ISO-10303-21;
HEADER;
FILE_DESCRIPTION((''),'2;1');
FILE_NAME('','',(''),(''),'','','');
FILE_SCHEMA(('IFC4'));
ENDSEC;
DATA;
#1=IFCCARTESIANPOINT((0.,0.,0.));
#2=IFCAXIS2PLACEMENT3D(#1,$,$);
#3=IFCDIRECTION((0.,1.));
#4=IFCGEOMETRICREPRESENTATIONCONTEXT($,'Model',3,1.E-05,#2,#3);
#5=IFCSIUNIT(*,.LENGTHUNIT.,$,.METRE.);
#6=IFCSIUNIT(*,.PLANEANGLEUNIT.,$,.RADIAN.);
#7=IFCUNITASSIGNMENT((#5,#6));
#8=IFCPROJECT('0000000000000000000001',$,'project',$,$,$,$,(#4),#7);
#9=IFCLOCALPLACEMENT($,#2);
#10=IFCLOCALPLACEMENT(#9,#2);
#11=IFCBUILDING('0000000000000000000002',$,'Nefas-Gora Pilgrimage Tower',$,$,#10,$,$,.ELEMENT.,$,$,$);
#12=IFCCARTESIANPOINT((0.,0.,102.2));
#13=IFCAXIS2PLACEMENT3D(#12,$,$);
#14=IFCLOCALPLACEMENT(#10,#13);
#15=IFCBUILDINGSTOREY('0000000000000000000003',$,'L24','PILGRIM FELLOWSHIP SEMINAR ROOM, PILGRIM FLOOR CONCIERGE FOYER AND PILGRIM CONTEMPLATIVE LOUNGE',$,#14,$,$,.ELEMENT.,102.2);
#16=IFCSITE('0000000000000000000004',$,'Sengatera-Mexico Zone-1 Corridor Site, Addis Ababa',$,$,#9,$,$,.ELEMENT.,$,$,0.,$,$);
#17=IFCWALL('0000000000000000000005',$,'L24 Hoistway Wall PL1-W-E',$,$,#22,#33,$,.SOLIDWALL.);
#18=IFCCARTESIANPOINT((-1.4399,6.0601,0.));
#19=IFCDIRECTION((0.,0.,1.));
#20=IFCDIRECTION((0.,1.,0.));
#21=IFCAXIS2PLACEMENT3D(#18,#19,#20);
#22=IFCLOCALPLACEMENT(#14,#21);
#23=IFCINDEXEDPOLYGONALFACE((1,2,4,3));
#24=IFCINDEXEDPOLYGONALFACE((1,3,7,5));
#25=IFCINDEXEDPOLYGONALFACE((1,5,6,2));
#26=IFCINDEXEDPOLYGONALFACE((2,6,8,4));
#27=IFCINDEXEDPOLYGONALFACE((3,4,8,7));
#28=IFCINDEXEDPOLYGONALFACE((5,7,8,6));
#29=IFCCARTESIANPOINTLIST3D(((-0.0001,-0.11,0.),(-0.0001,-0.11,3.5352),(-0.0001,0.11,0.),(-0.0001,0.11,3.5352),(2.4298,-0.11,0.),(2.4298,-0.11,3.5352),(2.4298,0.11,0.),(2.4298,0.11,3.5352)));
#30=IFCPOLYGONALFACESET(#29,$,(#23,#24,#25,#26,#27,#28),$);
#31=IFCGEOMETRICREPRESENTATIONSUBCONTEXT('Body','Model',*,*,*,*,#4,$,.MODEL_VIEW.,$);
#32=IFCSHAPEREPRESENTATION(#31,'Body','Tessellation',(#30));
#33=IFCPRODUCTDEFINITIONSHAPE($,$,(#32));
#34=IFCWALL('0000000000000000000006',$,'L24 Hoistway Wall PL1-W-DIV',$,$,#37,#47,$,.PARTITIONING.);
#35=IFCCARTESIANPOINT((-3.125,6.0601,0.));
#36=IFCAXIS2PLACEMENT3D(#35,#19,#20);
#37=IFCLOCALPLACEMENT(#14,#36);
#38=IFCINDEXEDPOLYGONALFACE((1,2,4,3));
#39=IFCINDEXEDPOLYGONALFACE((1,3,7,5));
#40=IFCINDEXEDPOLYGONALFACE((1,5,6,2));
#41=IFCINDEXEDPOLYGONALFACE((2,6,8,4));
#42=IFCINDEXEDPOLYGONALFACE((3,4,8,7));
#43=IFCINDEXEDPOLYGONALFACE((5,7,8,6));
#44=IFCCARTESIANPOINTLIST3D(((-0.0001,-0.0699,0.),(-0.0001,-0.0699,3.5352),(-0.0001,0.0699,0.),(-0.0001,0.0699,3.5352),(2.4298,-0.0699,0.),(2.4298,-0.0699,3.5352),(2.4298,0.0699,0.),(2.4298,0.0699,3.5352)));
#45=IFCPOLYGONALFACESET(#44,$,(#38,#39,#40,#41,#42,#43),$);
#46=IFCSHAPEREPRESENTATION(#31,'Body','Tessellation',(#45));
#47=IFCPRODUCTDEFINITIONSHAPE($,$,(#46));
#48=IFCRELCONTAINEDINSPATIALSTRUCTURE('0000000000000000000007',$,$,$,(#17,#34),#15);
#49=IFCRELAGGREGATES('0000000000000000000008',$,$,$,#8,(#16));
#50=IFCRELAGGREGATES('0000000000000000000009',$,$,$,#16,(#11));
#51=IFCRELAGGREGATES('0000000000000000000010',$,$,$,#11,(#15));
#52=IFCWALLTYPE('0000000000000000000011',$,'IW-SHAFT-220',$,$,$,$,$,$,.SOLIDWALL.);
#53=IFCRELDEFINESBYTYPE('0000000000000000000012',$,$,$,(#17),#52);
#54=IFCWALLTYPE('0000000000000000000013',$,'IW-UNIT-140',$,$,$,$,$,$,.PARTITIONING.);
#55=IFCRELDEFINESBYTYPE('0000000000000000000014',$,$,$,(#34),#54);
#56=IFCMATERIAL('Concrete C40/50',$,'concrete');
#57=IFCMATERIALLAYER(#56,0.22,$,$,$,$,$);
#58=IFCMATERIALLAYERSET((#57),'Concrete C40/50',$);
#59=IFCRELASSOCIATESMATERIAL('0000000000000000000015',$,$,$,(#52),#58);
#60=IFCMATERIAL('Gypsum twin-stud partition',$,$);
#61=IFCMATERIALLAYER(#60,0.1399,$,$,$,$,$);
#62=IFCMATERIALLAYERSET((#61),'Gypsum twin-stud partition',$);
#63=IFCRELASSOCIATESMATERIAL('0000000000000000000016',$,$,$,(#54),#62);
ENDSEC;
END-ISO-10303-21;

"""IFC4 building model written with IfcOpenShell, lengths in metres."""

from ifc_helpers import new_model, si_unit, direction, frame, frame_2d, origin, place, context, subcontext, project, spatial, rectangle, extrude, source, transform, mapped, material, layer, layer_set, type_object, element, save


model = new_model("IFC4")

# Units and contexts
model_context = context("Model", 3, precision=1e-05, world=origin(), true_north=direction((0.0, 1.0)))
body_context = subcontext(model_context, "Body", "Model", "MODEL_VIEW")
ifc_project = project(units=[si_unit("LENGTHUNIT", "METRE"), si_unit("PLANEANGLEUNIT", "RADIAN")], contexts=[model_context])

# Site, building, storey
site_placement = place(None, origin())
site = spatial("IfcSite", under=ifc_project, at=site_placement, Name="Sengatera-Mexico Zone-1 Corridor Site, Addis Ababa", CompositionType="ELEMENT", RefElevation=0.0)
building_placement = place(site_placement, origin())
building = spatial("IfcBuilding", under=site, at=building_placement, Name="Nefas-Gora Pilgrimage Tower", CompositionType="ELEMENT")
storey_placement = place(building_placement, frame((0.0, 0.0, 102.2)))
storey = spatial("IfcBuildingStorey", under=building, at=storey_placement, Name="L24", Description="PILGRIM FELLOWSHIP SEMINAR ROOM, PILGRIM FLOOR CONCIERGE FOYER AND PILGRIM CONTEMPLATIVE LOUNGE", CompositionType="ELEMENT", Elevation=102.2)

# Shared definitions
ifc_material_1 = material(Name="Concrete C40/50", Category="concrete")

# Shared definitions
ifc_layer_1 = layer(ifc_material_1, 0.22)
ifc_layer_set_1 = layer_set([ifc_layer_1], Name="Concrete C40/50")
wall_type_1 = type_object("IfcWallType", Name="IW-SHAFT-220", PredefinedType="SOLIDWALL", material=ifc_layer_set_1)

# Walls
shared_shape_1 = source(origin(), body_context, "Body", "SweptSolid", [
    extrude(rectangle(XDim=2.4299, YDim=0.22, at=frame_2d((1.2148, 0.0))), origin(), (0.0, 0.0, 1.0), 3.5352),
])
for number, where, z_axis, x_axis, name in (
    (1, (-1.4399, 6.0601, 0.0), (0.0, 0.0, 1.0), (0.0, 1.0, 0.0), "L24 Hoistway Wall PL1-W-E"),
):
    element("IfcWall", number, at=place(storey_placement, frame(where, z_axis=z_axis, x_axis=x_axis)), inside=storey, type_object=wall_type_1, Name=name, PredefinedType="SOLIDWALL", context=body_context, shape_type="MappedRepresentation", body=[
        mapped(shared_shape_1, transform((0.0, 0.0, 0.0), x_axis=(1.0, 0.0, 0.0), y_axis=(0.0, 1.0, 0.0), z_axis=(0.0, 0.0, 1.0), scale=1.0)),
    ])
ifc_material_2 = material(Name="Gypsum twin-stud partition")
ifc_layer_2 = layer(ifc_material_2, 0.1399)
ifc_layer_set_2 = layer_set([ifc_layer_2], Name="Gypsum twin-stud partition")
wall_type_2 = type_object("IfcWallType", Name="IW-UNIT-140", PredefinedType="PARTITIONING", material=ifc_layer_set_2)
shared_shape_2 = source(origin(), body_context, "Body", "SweptSolid", [
    extrude(rectangle(XDim=2.4299, YDim=0.1399, at=frame_2d((1.2148, 0.0))), origin(), (0.0, 0.0, 1.0), 3.5352),
])
wall_1_placement = place(storey_placement, frame((-3.125, 6.0601, 0.0), z_axis=(0.0, 0.0, 1.0), x_axis=(0.0, 1.0, 0.0)))
element("IfcWall", 2, at=wall_1_placement, inside=storey, type_object=wall_type_2, Name="L24 Hoistway Wall PL1-W-DIV", PredefinedType="PARTITIONING", context=body_context, shape_type="MappedRepresentation", body=[
    mapped(shared_shape_2, transform((0.0, 0.0, 0.0), x_axis=(1.0, 0.0, 0.0), y_axis=(0.0, 1.0, 0.0), z_axis=(0.0, 0.0, 1.0), scale=1.0)),
])

save(model, "model.ifc")
